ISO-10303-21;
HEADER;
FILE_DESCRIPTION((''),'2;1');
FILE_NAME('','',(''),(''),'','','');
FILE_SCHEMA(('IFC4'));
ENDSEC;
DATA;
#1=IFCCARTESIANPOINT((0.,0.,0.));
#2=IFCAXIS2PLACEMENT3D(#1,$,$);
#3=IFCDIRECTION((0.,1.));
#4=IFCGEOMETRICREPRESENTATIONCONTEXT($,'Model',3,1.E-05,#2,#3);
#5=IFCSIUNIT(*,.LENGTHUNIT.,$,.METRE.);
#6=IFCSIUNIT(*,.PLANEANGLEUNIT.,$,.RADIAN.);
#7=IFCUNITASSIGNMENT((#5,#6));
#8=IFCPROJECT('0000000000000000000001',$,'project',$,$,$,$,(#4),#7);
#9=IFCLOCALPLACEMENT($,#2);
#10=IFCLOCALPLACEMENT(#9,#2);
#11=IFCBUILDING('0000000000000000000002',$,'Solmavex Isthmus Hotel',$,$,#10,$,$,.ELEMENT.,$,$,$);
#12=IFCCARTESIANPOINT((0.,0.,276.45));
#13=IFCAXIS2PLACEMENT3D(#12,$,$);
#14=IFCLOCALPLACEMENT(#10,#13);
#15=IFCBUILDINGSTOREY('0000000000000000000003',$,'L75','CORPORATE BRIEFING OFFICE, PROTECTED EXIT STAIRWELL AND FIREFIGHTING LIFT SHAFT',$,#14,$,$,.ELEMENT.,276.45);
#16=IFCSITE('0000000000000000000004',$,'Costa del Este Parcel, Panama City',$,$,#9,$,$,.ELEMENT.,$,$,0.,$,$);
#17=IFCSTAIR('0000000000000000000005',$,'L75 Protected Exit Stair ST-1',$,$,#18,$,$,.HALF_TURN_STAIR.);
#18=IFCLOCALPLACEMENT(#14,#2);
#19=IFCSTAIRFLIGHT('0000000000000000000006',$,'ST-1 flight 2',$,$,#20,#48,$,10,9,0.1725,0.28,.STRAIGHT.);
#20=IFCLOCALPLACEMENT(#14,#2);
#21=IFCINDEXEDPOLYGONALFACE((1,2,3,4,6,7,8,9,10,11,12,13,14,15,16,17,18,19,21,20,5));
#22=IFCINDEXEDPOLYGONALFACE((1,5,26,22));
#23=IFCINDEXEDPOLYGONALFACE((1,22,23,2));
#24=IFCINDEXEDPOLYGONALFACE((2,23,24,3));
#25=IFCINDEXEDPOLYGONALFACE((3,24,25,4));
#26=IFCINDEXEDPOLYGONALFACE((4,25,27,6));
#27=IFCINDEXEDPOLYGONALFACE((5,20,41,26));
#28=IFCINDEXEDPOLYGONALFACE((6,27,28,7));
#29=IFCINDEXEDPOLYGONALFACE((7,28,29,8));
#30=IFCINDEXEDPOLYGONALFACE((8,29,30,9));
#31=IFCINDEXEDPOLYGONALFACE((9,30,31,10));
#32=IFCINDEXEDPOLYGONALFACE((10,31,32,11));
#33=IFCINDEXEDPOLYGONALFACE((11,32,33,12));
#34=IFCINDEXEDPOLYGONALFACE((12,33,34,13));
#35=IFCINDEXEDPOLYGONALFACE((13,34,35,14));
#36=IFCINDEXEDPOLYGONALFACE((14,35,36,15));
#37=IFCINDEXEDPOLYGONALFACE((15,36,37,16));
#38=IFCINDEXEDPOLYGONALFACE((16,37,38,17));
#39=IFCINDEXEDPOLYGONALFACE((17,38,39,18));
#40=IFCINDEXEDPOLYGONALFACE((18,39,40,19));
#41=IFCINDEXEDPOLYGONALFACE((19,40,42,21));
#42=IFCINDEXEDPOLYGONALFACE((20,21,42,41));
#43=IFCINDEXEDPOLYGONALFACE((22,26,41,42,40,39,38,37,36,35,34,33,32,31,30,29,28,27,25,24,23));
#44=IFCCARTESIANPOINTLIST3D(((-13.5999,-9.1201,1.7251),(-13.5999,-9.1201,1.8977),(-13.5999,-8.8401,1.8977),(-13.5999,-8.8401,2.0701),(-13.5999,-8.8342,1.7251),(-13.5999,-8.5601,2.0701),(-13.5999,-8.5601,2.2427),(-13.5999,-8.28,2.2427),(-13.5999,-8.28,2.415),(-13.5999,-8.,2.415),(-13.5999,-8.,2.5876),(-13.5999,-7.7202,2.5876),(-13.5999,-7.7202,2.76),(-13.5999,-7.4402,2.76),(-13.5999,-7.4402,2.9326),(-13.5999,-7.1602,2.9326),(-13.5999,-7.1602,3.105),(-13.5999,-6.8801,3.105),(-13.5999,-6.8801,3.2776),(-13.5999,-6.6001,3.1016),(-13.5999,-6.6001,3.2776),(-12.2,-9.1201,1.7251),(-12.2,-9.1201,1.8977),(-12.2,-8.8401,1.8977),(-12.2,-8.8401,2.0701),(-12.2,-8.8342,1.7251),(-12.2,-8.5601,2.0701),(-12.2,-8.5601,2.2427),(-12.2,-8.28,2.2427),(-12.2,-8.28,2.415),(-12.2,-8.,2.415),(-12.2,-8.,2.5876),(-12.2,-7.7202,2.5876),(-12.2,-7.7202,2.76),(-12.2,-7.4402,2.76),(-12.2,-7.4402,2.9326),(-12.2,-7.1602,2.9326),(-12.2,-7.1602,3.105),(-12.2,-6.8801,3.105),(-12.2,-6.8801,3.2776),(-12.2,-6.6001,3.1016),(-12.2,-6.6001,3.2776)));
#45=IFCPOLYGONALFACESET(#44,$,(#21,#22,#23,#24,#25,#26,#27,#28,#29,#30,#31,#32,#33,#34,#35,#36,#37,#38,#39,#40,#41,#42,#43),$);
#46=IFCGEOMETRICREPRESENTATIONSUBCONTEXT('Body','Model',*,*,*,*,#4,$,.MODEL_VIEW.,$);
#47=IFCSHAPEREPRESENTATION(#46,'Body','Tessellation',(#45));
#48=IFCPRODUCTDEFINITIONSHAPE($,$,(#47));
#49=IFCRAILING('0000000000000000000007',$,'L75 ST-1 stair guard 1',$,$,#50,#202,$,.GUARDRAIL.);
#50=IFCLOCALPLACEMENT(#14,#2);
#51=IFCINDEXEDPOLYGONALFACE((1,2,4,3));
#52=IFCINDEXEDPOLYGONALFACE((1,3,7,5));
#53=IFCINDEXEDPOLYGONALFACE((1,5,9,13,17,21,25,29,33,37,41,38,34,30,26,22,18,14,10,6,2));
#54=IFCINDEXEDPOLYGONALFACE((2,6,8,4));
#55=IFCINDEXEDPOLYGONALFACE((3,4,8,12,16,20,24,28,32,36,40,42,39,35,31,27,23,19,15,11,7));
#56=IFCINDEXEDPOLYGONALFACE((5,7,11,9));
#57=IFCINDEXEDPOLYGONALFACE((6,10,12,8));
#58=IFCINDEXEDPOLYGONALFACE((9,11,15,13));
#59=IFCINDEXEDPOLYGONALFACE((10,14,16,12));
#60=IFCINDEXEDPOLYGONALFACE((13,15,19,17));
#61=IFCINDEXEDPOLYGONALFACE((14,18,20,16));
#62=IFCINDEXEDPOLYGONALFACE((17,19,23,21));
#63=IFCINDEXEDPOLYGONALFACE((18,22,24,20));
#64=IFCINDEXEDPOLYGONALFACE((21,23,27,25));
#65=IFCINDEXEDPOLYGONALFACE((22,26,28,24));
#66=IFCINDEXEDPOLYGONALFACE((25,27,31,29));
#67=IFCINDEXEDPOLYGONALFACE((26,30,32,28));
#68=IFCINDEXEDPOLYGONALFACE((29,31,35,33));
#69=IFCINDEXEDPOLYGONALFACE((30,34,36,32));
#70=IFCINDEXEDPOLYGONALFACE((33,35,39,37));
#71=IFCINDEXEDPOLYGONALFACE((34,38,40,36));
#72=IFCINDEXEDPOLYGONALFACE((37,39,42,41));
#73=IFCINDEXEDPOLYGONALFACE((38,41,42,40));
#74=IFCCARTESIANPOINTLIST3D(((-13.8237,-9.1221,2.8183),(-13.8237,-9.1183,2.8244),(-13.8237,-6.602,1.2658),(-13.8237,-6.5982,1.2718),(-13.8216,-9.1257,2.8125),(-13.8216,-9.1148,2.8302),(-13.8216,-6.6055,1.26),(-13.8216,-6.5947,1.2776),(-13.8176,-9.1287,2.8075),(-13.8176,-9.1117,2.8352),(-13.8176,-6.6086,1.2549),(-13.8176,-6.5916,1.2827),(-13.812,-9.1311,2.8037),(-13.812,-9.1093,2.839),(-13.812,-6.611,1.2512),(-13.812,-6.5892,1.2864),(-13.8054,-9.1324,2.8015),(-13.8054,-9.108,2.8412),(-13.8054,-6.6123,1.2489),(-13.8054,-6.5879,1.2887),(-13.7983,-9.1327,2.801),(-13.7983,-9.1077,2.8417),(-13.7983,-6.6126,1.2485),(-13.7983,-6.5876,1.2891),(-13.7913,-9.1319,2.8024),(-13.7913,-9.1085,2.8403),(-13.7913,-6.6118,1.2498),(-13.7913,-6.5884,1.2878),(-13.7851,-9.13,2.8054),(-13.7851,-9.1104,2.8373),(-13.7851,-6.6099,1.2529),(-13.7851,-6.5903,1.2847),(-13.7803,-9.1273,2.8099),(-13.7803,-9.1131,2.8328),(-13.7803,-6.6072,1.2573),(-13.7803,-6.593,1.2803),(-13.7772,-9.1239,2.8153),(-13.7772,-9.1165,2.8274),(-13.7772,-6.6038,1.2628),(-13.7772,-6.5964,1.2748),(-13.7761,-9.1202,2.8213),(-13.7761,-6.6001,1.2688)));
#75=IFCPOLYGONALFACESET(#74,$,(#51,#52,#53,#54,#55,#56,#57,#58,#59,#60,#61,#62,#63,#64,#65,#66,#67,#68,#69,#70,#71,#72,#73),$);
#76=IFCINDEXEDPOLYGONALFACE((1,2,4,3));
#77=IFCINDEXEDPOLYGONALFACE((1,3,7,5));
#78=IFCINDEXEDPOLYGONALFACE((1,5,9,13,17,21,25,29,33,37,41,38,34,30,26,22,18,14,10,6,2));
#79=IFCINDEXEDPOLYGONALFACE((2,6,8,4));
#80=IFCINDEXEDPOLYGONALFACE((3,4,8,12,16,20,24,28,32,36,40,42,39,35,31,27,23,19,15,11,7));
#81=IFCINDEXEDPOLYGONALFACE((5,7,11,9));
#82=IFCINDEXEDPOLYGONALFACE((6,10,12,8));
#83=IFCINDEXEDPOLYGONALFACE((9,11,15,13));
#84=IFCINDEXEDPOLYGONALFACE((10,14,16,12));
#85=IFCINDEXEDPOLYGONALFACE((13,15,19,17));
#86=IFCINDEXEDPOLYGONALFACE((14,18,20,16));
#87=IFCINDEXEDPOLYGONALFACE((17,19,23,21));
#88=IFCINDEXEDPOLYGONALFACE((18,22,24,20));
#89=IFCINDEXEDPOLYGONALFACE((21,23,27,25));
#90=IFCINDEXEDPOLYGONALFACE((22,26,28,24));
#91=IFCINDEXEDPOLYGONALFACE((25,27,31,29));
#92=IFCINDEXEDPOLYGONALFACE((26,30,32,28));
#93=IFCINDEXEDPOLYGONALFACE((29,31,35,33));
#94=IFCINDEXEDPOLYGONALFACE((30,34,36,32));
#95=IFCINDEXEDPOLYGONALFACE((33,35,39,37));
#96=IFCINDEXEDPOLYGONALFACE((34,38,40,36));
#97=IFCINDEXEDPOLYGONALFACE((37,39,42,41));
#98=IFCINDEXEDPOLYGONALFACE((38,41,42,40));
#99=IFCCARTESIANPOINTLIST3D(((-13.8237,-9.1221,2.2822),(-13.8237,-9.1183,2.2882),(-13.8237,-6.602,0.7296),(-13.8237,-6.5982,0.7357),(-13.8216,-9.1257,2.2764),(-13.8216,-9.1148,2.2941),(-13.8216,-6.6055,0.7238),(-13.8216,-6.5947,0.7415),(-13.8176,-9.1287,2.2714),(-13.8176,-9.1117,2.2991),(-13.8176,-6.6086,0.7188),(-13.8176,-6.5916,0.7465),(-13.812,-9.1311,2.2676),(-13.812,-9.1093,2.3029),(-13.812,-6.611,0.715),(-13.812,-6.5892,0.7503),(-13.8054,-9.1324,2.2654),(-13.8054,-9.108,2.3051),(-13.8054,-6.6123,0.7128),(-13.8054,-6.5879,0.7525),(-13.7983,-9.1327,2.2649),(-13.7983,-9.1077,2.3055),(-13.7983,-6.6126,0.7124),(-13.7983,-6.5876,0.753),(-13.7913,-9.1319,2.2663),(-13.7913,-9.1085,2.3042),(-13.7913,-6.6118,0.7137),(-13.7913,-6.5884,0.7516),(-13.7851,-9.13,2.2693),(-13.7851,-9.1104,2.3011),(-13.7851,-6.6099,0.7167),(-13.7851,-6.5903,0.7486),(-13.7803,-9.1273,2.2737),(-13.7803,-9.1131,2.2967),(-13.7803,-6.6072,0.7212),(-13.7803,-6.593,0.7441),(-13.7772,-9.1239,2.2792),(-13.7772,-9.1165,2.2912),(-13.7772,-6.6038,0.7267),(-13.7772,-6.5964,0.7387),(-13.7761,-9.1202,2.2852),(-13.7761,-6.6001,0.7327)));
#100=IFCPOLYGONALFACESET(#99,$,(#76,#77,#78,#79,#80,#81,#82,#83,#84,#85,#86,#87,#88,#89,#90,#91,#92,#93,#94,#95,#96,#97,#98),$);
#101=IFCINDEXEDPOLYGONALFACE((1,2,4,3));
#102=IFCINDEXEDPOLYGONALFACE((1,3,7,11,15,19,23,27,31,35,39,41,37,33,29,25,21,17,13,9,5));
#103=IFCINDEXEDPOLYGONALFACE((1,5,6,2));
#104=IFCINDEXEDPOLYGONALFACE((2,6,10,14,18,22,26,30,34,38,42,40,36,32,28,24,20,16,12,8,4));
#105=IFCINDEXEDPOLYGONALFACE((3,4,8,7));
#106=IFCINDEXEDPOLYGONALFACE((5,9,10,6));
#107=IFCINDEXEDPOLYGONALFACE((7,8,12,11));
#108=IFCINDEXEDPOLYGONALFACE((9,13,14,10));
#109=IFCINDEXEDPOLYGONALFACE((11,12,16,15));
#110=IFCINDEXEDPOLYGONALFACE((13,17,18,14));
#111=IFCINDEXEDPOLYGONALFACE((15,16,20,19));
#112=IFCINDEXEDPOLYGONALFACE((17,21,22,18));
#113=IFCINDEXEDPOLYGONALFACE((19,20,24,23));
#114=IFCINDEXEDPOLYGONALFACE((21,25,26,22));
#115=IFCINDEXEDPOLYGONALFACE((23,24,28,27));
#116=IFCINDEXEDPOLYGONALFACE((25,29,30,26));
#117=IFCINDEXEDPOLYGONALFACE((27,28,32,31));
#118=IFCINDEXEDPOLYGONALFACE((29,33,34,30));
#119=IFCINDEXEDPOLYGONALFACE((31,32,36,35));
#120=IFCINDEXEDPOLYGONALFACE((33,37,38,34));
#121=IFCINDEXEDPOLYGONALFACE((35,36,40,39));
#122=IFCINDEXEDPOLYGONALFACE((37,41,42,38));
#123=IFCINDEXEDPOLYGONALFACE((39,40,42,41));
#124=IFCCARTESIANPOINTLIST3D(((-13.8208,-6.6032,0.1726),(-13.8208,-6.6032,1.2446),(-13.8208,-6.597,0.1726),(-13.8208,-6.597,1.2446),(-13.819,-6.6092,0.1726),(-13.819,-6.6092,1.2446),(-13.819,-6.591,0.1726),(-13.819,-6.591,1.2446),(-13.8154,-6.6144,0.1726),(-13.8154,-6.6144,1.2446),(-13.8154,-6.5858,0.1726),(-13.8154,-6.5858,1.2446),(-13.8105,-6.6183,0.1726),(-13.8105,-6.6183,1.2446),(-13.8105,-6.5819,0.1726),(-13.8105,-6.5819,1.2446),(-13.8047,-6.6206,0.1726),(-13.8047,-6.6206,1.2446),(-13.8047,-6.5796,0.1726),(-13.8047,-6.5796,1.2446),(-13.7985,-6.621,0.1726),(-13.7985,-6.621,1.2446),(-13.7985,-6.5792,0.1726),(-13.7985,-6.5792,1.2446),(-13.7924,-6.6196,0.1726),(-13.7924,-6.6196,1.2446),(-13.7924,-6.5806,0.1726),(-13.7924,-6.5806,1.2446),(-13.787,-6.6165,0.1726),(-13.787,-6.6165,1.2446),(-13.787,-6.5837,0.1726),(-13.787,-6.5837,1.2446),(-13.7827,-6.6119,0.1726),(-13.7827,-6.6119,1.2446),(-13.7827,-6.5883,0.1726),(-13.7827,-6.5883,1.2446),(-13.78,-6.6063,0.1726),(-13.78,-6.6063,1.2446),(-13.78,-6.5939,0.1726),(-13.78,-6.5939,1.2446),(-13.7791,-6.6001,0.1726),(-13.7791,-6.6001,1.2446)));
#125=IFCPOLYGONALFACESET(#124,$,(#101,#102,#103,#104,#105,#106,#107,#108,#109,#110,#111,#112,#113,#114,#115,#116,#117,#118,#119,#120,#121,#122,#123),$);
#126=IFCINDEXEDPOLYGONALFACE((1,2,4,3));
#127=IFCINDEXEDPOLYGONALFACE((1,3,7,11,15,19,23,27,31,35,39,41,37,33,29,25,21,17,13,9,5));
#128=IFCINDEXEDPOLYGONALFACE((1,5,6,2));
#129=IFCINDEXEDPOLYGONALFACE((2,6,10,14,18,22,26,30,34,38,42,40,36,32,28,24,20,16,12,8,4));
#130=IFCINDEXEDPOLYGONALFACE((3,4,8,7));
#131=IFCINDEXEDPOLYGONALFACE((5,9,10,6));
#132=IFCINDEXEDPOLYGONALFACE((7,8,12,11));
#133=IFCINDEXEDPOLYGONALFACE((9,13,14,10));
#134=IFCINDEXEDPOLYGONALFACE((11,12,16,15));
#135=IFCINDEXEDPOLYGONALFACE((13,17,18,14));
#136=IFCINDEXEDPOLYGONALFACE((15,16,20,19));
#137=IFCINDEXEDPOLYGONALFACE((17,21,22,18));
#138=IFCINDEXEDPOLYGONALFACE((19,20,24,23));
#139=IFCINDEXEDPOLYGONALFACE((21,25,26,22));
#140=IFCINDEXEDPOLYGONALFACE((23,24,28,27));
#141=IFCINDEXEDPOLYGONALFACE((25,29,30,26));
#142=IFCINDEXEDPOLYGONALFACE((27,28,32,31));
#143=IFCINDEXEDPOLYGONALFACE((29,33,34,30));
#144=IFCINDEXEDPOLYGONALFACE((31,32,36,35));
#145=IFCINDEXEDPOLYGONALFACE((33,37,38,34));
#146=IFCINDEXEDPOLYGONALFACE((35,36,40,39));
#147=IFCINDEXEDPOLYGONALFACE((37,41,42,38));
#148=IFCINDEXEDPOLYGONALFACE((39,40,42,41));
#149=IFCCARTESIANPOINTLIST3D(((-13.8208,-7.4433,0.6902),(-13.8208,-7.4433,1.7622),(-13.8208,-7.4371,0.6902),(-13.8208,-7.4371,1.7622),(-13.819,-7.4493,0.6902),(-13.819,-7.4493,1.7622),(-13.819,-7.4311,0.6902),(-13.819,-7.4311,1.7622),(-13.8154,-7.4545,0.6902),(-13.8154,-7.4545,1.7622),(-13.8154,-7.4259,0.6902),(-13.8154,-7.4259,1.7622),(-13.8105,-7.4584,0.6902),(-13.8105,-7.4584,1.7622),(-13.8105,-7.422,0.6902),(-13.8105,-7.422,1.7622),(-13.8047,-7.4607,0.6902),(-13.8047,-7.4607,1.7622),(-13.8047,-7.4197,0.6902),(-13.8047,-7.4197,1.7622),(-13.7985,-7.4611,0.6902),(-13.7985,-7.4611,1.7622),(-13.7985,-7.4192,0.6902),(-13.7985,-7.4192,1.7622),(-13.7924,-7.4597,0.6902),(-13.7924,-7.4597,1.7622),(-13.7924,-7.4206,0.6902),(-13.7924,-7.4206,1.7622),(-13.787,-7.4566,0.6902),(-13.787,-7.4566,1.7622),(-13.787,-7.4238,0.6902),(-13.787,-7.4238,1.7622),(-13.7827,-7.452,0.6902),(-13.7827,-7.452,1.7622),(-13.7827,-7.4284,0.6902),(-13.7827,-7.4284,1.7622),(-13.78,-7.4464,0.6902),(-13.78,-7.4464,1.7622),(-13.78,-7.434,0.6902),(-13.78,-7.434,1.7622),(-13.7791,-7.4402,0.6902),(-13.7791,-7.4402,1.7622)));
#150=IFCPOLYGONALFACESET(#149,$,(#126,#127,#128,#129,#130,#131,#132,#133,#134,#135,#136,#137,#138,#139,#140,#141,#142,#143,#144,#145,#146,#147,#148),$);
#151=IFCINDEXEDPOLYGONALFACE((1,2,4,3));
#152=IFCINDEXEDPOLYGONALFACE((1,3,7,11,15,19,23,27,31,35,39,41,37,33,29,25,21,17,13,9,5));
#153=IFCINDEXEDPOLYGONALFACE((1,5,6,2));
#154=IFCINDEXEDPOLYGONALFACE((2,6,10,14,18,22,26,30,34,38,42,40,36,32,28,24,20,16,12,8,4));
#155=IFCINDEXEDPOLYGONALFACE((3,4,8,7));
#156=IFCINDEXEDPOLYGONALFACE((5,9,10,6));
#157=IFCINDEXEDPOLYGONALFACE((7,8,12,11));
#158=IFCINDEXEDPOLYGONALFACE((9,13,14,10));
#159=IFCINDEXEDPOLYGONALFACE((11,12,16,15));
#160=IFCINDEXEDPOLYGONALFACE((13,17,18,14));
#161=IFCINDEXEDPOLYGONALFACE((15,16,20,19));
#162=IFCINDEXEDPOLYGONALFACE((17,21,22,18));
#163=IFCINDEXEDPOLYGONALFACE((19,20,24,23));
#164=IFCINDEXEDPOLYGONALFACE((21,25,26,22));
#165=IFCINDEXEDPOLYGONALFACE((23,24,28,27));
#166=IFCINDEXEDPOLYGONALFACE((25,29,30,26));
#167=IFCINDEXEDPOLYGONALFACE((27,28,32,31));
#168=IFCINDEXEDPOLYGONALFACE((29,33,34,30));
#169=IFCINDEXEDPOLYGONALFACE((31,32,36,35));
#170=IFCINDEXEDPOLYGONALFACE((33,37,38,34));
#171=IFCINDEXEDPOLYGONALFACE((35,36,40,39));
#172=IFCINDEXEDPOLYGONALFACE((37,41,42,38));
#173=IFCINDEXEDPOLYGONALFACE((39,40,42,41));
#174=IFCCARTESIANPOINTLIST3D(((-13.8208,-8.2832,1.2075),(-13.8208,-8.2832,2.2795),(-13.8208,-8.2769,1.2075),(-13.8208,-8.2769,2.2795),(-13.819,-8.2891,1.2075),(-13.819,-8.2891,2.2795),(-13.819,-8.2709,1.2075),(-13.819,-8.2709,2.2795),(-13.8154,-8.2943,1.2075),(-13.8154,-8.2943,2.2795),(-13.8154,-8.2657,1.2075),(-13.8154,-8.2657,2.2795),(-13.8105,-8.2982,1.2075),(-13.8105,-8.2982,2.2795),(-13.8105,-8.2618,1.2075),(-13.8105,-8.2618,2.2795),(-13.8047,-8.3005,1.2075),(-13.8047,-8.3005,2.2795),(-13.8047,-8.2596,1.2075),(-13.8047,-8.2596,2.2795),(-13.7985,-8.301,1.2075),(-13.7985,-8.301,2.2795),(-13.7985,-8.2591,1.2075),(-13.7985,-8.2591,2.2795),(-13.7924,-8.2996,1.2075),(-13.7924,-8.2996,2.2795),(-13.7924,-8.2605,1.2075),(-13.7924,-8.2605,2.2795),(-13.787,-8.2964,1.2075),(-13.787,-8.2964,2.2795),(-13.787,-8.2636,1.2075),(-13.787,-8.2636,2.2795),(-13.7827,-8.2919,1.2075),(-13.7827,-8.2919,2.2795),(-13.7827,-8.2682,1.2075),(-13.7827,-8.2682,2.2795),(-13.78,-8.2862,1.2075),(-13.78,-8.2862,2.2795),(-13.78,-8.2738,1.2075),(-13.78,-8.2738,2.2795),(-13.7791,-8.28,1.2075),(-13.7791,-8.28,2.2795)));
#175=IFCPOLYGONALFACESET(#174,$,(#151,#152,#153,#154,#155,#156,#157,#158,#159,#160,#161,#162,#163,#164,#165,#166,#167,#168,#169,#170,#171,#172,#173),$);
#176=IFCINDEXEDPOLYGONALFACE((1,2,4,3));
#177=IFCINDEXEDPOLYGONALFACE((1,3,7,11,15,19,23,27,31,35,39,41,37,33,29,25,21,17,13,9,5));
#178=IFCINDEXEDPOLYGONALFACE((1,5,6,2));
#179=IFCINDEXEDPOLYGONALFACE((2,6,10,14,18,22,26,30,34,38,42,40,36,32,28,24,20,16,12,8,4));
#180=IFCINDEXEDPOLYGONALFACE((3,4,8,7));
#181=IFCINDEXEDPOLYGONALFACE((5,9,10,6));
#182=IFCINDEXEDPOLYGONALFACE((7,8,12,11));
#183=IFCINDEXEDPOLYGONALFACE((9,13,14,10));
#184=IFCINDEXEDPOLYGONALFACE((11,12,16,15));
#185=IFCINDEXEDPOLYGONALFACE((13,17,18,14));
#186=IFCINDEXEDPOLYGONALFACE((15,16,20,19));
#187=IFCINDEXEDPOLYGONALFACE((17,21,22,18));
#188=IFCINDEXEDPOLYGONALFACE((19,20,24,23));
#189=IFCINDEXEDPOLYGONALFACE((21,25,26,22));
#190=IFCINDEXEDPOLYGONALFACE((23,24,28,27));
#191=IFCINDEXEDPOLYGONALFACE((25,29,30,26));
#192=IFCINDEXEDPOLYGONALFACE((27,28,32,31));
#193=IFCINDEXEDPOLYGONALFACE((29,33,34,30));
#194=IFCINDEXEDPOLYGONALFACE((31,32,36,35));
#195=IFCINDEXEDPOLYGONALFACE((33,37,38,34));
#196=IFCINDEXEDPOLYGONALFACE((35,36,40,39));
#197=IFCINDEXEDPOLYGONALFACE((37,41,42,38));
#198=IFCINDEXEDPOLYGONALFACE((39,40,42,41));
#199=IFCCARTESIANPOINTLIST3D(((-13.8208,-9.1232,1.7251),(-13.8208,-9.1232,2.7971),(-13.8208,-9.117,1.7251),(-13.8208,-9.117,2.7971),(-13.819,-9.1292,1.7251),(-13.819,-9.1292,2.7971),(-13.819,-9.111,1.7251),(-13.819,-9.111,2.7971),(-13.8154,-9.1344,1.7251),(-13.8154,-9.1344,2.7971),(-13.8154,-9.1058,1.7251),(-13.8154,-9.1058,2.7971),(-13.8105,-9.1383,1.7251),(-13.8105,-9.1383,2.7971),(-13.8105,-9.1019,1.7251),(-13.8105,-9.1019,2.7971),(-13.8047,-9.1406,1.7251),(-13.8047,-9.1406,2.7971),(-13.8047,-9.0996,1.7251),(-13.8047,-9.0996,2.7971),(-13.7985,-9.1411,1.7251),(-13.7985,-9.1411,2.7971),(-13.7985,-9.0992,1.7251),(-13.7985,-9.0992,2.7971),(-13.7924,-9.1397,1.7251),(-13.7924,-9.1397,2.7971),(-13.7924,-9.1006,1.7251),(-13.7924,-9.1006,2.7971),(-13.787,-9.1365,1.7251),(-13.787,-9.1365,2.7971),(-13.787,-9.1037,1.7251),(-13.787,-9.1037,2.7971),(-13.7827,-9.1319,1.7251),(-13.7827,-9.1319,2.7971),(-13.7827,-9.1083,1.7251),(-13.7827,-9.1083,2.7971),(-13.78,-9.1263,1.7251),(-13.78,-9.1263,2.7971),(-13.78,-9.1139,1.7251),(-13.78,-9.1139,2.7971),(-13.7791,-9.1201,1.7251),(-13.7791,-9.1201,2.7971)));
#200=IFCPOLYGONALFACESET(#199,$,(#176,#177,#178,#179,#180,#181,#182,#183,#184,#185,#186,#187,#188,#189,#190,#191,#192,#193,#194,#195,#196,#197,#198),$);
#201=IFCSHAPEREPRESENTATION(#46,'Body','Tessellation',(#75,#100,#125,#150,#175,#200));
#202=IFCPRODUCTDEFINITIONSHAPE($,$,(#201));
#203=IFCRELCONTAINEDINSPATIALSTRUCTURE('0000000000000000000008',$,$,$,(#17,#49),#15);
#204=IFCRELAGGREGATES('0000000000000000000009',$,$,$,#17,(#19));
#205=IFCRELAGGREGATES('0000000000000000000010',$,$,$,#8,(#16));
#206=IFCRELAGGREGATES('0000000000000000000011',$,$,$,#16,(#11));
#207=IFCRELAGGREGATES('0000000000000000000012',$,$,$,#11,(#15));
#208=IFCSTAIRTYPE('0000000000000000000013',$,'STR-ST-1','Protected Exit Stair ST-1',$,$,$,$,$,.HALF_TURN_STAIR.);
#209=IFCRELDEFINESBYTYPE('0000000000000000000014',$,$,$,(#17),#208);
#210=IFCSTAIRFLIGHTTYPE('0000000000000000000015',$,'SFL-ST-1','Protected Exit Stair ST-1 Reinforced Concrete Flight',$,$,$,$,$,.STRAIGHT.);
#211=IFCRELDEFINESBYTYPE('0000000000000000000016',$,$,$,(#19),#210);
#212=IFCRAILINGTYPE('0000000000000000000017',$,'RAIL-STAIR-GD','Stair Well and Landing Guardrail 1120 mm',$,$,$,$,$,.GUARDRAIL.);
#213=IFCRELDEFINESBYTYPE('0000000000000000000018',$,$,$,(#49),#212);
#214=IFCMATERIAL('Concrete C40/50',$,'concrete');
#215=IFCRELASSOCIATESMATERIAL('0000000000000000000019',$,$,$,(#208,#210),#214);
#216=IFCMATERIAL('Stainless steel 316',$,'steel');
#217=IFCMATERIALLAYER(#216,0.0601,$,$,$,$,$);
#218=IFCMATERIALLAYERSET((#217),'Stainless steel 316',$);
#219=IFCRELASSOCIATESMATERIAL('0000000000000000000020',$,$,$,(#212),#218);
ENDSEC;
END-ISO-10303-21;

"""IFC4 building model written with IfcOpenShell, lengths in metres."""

from ifc_helpers import new_model, si_unit, direction, frame, origin, origin_2d, place, context, subcontext, project, spatial, polyline, circle, outline, extrude, material, layer, layer_set, type_object, element, aggregate, save


model = new_model("IFC4")

# Units and contexts
model_context = context("Model", 3, precision=1e-05, world=origin(), true_north=direction((0.0, 1.0)))
body_context = subcontext(model_context, "Body", "Model", "MODEL_VIEW")
ifc_project = project(units=[si_unit("LENGTHUNIT", "METRE"), si_unit("PLANEANGLEUNIT", "RADIAN")], contexts=[model_context])

# Site, building, storey
site_placement = place(None, origin())
site = spatial("IfcSite", under=ifc_project, at=site_placement, Name="Costa del Este Parcel, Panama City", CompositionType="ELEMENT", RefElevation=0.0)
building_placement = place(site_placement, origin())
building = spatial("IfcBuilding", under=site, at=building_placement, Name="Solmavex Isthmus Hotel", CompositionType="ELEMENT")
storey_placement = place(building_placement, frame((0.0, 0.0, 276.45)))
storey = spatial("IfcBuildingStorey", under=building, at=storey_placement, Name="L75", Description="CORPORATE BRIEFING OFFICE, PROTECTED EXIT STAIRWELL AND FIREFIGHTING LIFT SHAFT", CompositionType="ELEMENT", Elevation=276.45)

# Shared definitions
ifc_material_1 = material(Name="Concrete C40/50", Category="concrete")
ifc_material_2 = material(Name="Stainless steel 316", Category="steel")

# Stair, stair flight
stair_type = type_object("IfcStairType", Name="STR-ST-1", Description="Protected Exit Stair ST-1", PredefinedType="HALF_TURN_STAIR", material=ifc_material_1)
stair_placement = place(storey_placement, origin())
stair = element("IfcStair", 1, at=stair_placement, inside=storey, type_object=stair_type, Name="L75 Protected Exit Stair ST-1", PredefinedType="HALF_TURN_STAIR")
stair_flight_type = type_object("IfcStairFlightType", Name="SFL-ST-1", Description="Protected Exit Stair ST-1 Reinforced Concrete Flight", PredefinedType="STRAIGHT", material=ifc_material_1)
stair_flight_1_placement = place(storey_placement, frame((-12.8999, -9.1201, 1.7251), z_axis=(0.0, 0.0, 1.0), x_axis=(0.0, 1.0, 0.0)))
stair_flight_1 = element("IfcStairFlight", 2, at=stair_flight_1_placement, type_object=stair_flight_type, Name="ST-1 flight 2", NumberOfRisers=10, NumberOfTreads=9, PredefinedType="STRAIGHT", RiserHeight=0.1725, TreadLength=0.28, context=body_context, shape_type="SweptSolid", body=[
    extrude(outline(polyline([(0.0, 0.0), (0.0, 0.1726), (0.28, 0.1726), (0.28, 0.345), (0.5601, 0.345), (0.5601, 0.5176), (0.8401, 0.5176), (0.8401, 0.6899), (1.1201, 0.6899), (1.1201, 0.8625), (1.3999, 0.8625), (1.3999, 1.0349), (1.6799, 1.0349), (1.6799, 1.2075), (1.96, 1.2075), (1.96, 1.3799), (2.24, 1.3799), (2.24, 1.5525), (2.52, 1.5525), (2.52, 1.7251), (2.52, 1.3765), (0.2859, 0.0), (0.0, 0.0)])), frame((0.0, 0.7, 0.0), z_axis=(0.0, -1.0, 0.0), x_axis=(1.0, 0.0, 0.0)), (0.0, 0.0, 1.0), 1.3999),
])
aggregate(stair, [stair_flight_1])

# Railing
ifc_layer_1 = layer(ifc_material_2, 0.0601)
ifc_layer_set_1 = layer_set([ifc_layer_1], Name="Stainless steel 316")
railing_type_1 = type_object("IfcRailingType", Name="RAIL-STAIR-GD", Description="Stair Well and Landing Guardrail 1120 mm", PredefinedType="GUARDRAIL", material=ifc_layer_set_1)
railing_1_placement = place(storey_placement, frame((-13.8, -6.6001, 0.1726)))
element("IfcRailing", 3, at=railing_1_placement, inside=storey, type_object=railing_type_1, Name="L75 ST-1 stair guard 1", PredefinedType="GUARDRAIL", context=body_context, shape_type="SweptSolid", body=[
    extrude(circle(Radius=0.0239, at=origin_2d()), frame((0.0, 0.0, 1.0962), z_axis=(0.0, -0.8514, 0.524516), x_axis=(1.0, 0.0, 0.0)), (0.0, 0.0, 1.0), 2.96),
    extrude(circle(Radius=0.0239, at=origin_2d()), frame((0.0, 0.0, 0.5601), z_axis=(0.0, -0.8514, 0.524516), x_axis=(1.0, 0.0, 0.0)), (0.0, 0.0, 1.0), 2.96),
    extrude(circle(Radius=0.021, at=origin_2d()), origin(), (0.0, 0.0, 1.0), 1.072),
    extrude(circle(Radius=0.021, at=origin_2d()), frame((0.0, -0.8401, 0.5176)), (0.0, 0.0, 1.0), 1.072),
    extrude(circle(Radius=0.021, at=origin_2d()), frame((0.0, -1.6799, 1.0349)), (0.0, 0.0, 1.0), 1.072),
    extrude(circle(Radius=0.021, at=origin_2d()), frame((0.0, -2.52, 1.5525)), (0.0, 0.0, 1.0), 1.072),
])

save(model, "model.ifc")
